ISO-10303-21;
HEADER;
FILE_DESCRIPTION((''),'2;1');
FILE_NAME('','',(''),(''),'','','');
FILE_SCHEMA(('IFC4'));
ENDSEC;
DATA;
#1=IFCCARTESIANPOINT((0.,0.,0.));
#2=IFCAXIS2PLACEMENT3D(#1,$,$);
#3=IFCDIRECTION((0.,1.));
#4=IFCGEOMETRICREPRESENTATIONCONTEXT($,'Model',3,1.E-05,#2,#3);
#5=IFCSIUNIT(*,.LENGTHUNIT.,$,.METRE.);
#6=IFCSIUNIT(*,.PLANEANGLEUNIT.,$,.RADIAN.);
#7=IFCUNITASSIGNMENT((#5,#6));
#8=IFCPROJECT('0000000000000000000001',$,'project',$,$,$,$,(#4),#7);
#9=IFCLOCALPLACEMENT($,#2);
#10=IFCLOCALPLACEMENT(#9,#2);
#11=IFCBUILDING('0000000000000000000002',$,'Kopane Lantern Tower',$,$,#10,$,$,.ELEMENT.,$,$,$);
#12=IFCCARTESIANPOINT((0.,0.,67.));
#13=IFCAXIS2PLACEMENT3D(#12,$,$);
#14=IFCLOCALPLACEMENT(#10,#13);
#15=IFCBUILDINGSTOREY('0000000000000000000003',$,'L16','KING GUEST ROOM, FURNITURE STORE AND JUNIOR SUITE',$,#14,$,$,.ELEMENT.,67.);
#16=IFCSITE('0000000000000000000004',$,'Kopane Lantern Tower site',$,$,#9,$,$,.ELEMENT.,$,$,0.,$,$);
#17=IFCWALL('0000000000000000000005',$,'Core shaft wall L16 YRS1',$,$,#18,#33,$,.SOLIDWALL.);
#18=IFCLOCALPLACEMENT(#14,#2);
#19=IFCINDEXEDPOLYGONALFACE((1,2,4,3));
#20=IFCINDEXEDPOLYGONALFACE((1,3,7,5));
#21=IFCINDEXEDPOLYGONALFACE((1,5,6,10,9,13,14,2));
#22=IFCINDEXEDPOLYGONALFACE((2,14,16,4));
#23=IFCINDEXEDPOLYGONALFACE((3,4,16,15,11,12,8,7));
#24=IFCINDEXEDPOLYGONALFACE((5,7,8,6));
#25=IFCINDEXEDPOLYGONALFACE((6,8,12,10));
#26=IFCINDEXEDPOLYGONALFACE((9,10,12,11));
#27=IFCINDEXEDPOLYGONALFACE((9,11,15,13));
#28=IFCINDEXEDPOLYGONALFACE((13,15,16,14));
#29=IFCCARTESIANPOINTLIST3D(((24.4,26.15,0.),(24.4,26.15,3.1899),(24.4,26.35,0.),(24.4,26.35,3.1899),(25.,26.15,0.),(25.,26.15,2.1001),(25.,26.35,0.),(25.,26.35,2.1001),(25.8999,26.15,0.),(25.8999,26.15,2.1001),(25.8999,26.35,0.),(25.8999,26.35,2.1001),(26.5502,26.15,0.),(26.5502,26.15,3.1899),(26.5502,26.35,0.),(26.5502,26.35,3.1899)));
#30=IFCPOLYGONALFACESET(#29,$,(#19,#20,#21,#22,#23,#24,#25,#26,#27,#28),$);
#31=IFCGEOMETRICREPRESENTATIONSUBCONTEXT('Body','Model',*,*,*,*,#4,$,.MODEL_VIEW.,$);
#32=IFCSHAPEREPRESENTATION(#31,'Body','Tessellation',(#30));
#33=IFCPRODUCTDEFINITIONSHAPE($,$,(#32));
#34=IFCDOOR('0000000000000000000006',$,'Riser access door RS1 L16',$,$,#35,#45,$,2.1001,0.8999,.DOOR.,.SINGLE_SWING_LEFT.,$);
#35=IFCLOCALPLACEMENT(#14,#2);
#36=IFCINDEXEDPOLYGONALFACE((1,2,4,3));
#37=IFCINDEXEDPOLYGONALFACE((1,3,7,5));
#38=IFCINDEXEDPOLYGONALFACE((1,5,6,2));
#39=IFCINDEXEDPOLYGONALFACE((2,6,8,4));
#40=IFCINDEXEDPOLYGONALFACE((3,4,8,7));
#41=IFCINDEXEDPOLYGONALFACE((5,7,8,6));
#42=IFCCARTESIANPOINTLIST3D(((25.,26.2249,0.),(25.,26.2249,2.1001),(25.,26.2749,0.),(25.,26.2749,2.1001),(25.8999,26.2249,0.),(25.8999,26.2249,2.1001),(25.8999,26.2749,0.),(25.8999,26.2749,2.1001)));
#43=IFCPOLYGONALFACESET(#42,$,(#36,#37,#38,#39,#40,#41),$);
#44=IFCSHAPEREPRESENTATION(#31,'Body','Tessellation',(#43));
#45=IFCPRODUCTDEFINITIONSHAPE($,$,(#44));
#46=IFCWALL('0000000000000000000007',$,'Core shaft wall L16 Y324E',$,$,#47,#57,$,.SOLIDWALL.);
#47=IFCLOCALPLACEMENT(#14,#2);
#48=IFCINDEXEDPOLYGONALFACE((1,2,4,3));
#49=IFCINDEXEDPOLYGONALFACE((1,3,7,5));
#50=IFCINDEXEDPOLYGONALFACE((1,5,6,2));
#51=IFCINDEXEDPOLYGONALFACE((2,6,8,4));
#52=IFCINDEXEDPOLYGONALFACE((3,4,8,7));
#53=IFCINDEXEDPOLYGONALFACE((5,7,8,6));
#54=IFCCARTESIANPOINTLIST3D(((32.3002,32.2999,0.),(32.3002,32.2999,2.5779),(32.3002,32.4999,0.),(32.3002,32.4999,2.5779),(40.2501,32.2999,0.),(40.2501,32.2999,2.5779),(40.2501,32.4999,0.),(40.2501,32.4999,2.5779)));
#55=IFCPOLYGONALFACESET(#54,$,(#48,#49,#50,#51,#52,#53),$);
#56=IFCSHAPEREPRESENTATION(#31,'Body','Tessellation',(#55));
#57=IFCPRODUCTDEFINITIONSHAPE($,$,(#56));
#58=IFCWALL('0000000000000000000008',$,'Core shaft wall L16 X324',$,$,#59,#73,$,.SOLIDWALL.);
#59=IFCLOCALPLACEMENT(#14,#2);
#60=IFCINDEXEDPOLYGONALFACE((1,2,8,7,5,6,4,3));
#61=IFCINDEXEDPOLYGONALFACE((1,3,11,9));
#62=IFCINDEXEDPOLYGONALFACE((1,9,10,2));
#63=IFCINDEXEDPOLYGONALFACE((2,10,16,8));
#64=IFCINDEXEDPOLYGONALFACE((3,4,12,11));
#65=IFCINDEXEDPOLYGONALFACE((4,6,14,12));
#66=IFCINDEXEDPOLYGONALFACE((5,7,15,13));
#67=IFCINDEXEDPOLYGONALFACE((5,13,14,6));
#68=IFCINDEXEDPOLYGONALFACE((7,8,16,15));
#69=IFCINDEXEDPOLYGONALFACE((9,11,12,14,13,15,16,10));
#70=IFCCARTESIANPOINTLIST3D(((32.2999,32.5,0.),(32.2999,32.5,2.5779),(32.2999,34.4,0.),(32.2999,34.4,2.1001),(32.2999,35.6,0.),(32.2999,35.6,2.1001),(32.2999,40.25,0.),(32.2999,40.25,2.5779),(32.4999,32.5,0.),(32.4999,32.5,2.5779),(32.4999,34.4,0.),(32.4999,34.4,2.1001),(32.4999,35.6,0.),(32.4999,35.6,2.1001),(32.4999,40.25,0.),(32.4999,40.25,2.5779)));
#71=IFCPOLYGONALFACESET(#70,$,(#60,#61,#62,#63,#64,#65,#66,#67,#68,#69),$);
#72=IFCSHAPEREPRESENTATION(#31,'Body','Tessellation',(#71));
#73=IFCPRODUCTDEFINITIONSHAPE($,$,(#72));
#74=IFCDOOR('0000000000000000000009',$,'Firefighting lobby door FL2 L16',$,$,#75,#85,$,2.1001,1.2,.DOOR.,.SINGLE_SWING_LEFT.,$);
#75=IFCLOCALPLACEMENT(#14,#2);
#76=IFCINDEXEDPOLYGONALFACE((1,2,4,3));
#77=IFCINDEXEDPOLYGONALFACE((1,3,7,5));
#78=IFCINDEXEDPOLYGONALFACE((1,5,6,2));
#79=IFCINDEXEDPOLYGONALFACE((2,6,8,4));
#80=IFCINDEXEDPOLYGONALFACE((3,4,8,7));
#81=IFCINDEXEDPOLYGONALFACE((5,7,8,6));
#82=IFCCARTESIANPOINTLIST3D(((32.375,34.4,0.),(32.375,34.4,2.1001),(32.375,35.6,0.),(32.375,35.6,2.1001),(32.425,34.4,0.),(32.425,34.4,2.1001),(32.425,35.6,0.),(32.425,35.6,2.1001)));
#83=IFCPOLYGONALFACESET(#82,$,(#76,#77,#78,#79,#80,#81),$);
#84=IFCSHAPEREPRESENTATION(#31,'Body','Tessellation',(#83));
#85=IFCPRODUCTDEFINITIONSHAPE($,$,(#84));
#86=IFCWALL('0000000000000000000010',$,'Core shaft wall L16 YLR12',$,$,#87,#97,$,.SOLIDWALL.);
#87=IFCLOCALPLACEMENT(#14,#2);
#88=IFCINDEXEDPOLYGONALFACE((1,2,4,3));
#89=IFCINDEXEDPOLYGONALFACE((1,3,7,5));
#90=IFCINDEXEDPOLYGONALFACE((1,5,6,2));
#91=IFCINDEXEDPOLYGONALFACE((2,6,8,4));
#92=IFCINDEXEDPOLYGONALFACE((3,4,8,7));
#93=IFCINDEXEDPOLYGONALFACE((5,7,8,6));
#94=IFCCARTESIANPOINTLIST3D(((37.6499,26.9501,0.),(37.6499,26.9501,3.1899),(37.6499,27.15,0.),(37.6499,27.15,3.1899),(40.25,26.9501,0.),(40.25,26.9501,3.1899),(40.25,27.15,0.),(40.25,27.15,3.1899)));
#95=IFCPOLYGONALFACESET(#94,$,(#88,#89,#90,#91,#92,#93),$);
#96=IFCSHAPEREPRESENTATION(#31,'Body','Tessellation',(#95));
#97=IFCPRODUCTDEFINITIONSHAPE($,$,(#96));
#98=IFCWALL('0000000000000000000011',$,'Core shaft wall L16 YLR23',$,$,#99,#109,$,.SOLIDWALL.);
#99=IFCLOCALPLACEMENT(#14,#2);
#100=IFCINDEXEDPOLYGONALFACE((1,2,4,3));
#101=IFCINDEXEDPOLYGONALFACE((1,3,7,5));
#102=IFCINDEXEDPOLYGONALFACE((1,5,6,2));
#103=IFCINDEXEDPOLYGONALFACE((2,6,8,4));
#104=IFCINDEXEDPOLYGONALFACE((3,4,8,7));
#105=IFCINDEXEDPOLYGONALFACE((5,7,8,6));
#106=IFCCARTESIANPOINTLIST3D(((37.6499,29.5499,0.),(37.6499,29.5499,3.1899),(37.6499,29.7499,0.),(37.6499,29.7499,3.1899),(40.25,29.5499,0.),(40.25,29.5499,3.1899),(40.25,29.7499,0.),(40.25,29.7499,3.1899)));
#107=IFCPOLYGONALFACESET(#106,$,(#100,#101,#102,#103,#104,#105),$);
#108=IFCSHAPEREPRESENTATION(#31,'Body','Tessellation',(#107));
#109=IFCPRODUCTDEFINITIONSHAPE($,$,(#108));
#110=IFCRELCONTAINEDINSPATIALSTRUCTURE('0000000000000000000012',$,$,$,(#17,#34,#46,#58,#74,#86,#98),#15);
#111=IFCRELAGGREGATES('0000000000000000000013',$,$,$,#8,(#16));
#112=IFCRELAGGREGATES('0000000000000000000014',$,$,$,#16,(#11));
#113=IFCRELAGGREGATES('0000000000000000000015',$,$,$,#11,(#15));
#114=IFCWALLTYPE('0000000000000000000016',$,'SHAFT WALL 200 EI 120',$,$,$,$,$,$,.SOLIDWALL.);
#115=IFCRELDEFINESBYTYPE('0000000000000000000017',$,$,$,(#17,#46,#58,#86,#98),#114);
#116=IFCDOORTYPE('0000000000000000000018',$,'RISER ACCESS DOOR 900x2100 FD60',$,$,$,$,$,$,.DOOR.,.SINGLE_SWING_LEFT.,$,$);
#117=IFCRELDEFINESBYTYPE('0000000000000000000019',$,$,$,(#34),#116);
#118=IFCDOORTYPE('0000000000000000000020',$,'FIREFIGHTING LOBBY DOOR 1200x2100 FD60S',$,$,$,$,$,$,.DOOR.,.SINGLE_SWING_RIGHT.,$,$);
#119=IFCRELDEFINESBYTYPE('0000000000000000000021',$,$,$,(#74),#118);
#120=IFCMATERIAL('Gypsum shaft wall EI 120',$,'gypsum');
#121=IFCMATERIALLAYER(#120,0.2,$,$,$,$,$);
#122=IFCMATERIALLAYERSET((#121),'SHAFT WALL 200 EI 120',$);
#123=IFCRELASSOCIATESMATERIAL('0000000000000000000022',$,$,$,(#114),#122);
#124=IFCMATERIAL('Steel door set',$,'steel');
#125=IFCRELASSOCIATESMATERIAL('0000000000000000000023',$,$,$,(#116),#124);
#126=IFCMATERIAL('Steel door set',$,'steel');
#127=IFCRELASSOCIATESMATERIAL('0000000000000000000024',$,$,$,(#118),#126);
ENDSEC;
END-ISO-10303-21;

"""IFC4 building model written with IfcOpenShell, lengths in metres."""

from ifc_helpers import new_model, si_unit, direction, frame, frame_2d, origin, place, context, subcontext, project, spatial, rectangle, extrude, material, layer, layer_set, type_object, element, fill, save


model = new_model("IFC4")

# Units and contexts
model_context = context("Model", 3, precision=1e-05, world=origin(), true_north=direction((0.0, 1.0)))
body_context = subcontext(model_context, "Body", "Model", "MODEL_VIEW")
ifc_project = project(units=[si_unit("LENGTHUNIT", "METRE"), si_unit("PLANEANGLEUNIT", "RADIAN")], contexts=[model_context])

# Site, building, storey
site_placement = place(None, origin())
site = spatial("IfcSite", under=ifc_project, at=site_placement, Name="Kopane Lantern Tower site", CompositionType="ELEMENT", RefElevation=0.0)
building_placement = place(site_placement, origin())
building = spatial("IfcBuilding", under=site, at=building_placement, Name="Kopane Lantern Tower", CompositionType="ELEMENT")
storey_placement = place(building_placement, frame((0.0, 0.0, 67.0)))
storey = spatial("IfcBuildingStorey", under=building, at=storey_placement, Name="L16", Description="KING GUEST ROOM, FURNITURE STORE AND JUNIOR SUITE", CompositionType="ELEMENT", Elevation=67.0)

# Shared definitions
ifc_material_1 = material(Name="Gypsum shaft wall EI 120", Category="gypsum")
ifc_layer_1 = layer(ifc_material_1, 0.2)
ifc_layer_set_1 = layer_set([ifc_layer_1], Name="SHAFT WALL 200 EI 120")
wall_type_1 = type_object("IfcWallType", Name="SHAFT WALL 200 EI 120", PredefinedType="SOLIDWALL", material=ifc_layer_set_1)

# Wall, opening, door
wall_1_placement = place(storey_placement, frame((24.3999, 26.25, 0.0), z_axis=(0.0, 0.0, 1.0), x_axis=(1.0, 0.0, 0.0)))
wall_1 = element("IfcWall", 1, at=wall_1_placement, inside=storey, type_object=wall_type_1, Name="Core shaft wall L16 YRS1", PredefinedType="SOLIDWALL", context=body_context, shape_type="SweptSolid", body=[
    extrude(rectangle(XDim=2.1501, YDim=0.2, at=frame_2d((1.0752, 0.0))), origin(), (0.0, 0.0, 1.0), 3.1899),
])
opening_1_placement = place(wall_1_placement, frame((0.6001, 0.0, 0.0)))
opening_1 = element("IfcOpeningElement", 2, at=opening_1_placement, cuts=wall_1, PredefinedType="OPENING", context=body_context, shape_type="SweptSolid", body=[
    extrude(rectangle(XDim=0.8999, YDim=2.1001, at=frame_2d((0.45, 1.05))), frame((0.0, 0.1099, 0.0), z_axis=(0.0, -1.0, 0.0), x_axis=(1.0, 0.0, 0.0)), (0.0, 0.0, 1.0), 0.22),
])
ifc_material_2 = material(Name="Steel door set", Category="steel")
door_type_1 = type_object("IfcDoorType", Name="RISER ACCESS DOOR 900x2100 FD60", OperationType="SINGLE_SWING_LEFT", PredefinedType="DOOR", material=ifc_material_2)
door_1_placement = place(opening_1_placement, origin())
door_1 = element("IfcDoor", 3, at=door_1_placement, inside=storey, type_object=door_type_1, Name="Riser access door RS1 L16", OperationType="SINGLE_SWING_LEFT", OverallHeight=2.1001, OverallWidth=0.8999, PredefinedType="DOOR", context=body_context, shape_type="SweptSolid", body=[
    extrude(rectangle(XDim=0.8999, YDim=2.1001, at=frame_2d((0.45, 1.05))), frame((0.0, 0.0249, 0.0), z_axis=(0.0, -1.0, 0.0), x_axis=(1.0, 0.0, 0.0)), (0.0, 0.0, 1.0), 0.05),
])
fill(opening_1, door_1)

# Wall
wall_2_placement = place(storey_placement, frame((32.3, 32.3999, 0.0), z_axis=(0.0, 0.0, 1.0), x_axis=(1.0, 0.0, 0.0)))
element("IfcWall", 4, at=wall_2_placement, inside=storey, type_object=wall_type_1, Name="Core shaft wall L16 Y324E", PredefinedType="SOLIDWALL", context=body_context, shape_type="SweptSolid", body=[
    extrude(rectangle(XDim=7.95, YDim=0.2, at=frame_2d((3.9751, 0.0))), origin(), (0.0, 0.0, 1.0), 2.5779),
])

# Wall, opening, door
wall_3_placement = place(storey_placement, frame((32.3999, 32.5, 0.0), z_axis=(0.0, 0.0, 1.0), x_axis=(0.0, 1.0, 0.0)))
wall_3 = element("IfcWall", 5, at=wall_3_placement, inside=storey, type_object=wall_type_1, Name="Core shaft wall L16 X324", PredefinedType="SOLIDWALL", context=body_context, shape_type="SweptSolid", body=[
    extrude(rectangle(XDim=7.75, YDim=0.2, at=frame_2d((3.875, 0.0))), origin(), (0.0, 0.0, 1.0), 2.5779),
])
opening_2_placement = place(wall_3_placement, frame((1.8999, 0.0, 0.0)))
opening_2 = element("IfcOpeningElement", 6, at=opening_2_placement, cuts=wall_3, PredefinedType="OPENING", context=body_context, shape_type="SweptSolid", body=[
    extrude(rectangle(XDim=1.2, YDim=2.1001, at=frame_2d((0.6001, 1.05))), frame((0.0, 0.1099, 0.0), z_axis=(0.0, -1.0, 0.0), x_axis=(1.0, 0.0, 0.0)), (0.0, 0.0, 1.0), 0.22),
])
ifc_material_3 = material(Name="Steel door set", Category="steel")
door_type_2 = type_object("IfcDoorType", Name="FIREFIGHTING LOBBY DOOR 1200x2100 FD60S", OperationType="SINGLE_SWING_RIGHT", PredefinedType="DOOR", material=ifc_material_3)
door_2_placement = place(opening_2_placement, origin())
door_2 = element("IfcDoor", 7, at=door_2_placement, inside=storey, type_object=door_type_2, Name="Firefighting lobby door FL2 L16", OperationType="SINGLE_SWING_LEFT", OverallHeight=2.1001, OverallWidth=1.2, PredefinedType="DOOR", context=body_context, shape_type="SweptSolid", body=[
    extrude(rectangle(XDim=1.2, YDim=2.1001, at=frame_2d((0.6001, 1.05))), frame((0.0, 0.0249, 0.0), z_axis=(0.0, -1.0, 0.0), x_axis=(1.0, 0.0, 0.0)), (0.0, 0.0, 1.0), 0.05),
])
fill(opening_2, door_2)

# Walls
for number, where, z_axis, x_axis, name in (
    (8, (37.6499, 27.05, 0.0), (0.0, 0.0, 1.0), (1.0, 0.0, 0.0), "Core shaft wall L16 YLR12"),
    (9, (37.6499, 29.6499, 0.0), (0.0, 0.0, 1.0), (1.0, 0.0, 0.0), "Core shaft wall L16 YLR23"),
):
    element("IfcWall", number, at=place(storey_placement, frame(where, z_axis=z_axis, x_axis=x_axis)), inside=storey, type_object=wall_type_1, Name=name, PredefinedType="SOLIDWALL", context=body_context, shape_type="SweptSolid", body=[
        extrude(rectangle(XDim=2.6001, YDim=0.2, at=frame_2d((1.3, 0.0))), origin(), (0.0, 0.0, 1.0), 3.1899),
    ])

save(model, "model.ifc")
